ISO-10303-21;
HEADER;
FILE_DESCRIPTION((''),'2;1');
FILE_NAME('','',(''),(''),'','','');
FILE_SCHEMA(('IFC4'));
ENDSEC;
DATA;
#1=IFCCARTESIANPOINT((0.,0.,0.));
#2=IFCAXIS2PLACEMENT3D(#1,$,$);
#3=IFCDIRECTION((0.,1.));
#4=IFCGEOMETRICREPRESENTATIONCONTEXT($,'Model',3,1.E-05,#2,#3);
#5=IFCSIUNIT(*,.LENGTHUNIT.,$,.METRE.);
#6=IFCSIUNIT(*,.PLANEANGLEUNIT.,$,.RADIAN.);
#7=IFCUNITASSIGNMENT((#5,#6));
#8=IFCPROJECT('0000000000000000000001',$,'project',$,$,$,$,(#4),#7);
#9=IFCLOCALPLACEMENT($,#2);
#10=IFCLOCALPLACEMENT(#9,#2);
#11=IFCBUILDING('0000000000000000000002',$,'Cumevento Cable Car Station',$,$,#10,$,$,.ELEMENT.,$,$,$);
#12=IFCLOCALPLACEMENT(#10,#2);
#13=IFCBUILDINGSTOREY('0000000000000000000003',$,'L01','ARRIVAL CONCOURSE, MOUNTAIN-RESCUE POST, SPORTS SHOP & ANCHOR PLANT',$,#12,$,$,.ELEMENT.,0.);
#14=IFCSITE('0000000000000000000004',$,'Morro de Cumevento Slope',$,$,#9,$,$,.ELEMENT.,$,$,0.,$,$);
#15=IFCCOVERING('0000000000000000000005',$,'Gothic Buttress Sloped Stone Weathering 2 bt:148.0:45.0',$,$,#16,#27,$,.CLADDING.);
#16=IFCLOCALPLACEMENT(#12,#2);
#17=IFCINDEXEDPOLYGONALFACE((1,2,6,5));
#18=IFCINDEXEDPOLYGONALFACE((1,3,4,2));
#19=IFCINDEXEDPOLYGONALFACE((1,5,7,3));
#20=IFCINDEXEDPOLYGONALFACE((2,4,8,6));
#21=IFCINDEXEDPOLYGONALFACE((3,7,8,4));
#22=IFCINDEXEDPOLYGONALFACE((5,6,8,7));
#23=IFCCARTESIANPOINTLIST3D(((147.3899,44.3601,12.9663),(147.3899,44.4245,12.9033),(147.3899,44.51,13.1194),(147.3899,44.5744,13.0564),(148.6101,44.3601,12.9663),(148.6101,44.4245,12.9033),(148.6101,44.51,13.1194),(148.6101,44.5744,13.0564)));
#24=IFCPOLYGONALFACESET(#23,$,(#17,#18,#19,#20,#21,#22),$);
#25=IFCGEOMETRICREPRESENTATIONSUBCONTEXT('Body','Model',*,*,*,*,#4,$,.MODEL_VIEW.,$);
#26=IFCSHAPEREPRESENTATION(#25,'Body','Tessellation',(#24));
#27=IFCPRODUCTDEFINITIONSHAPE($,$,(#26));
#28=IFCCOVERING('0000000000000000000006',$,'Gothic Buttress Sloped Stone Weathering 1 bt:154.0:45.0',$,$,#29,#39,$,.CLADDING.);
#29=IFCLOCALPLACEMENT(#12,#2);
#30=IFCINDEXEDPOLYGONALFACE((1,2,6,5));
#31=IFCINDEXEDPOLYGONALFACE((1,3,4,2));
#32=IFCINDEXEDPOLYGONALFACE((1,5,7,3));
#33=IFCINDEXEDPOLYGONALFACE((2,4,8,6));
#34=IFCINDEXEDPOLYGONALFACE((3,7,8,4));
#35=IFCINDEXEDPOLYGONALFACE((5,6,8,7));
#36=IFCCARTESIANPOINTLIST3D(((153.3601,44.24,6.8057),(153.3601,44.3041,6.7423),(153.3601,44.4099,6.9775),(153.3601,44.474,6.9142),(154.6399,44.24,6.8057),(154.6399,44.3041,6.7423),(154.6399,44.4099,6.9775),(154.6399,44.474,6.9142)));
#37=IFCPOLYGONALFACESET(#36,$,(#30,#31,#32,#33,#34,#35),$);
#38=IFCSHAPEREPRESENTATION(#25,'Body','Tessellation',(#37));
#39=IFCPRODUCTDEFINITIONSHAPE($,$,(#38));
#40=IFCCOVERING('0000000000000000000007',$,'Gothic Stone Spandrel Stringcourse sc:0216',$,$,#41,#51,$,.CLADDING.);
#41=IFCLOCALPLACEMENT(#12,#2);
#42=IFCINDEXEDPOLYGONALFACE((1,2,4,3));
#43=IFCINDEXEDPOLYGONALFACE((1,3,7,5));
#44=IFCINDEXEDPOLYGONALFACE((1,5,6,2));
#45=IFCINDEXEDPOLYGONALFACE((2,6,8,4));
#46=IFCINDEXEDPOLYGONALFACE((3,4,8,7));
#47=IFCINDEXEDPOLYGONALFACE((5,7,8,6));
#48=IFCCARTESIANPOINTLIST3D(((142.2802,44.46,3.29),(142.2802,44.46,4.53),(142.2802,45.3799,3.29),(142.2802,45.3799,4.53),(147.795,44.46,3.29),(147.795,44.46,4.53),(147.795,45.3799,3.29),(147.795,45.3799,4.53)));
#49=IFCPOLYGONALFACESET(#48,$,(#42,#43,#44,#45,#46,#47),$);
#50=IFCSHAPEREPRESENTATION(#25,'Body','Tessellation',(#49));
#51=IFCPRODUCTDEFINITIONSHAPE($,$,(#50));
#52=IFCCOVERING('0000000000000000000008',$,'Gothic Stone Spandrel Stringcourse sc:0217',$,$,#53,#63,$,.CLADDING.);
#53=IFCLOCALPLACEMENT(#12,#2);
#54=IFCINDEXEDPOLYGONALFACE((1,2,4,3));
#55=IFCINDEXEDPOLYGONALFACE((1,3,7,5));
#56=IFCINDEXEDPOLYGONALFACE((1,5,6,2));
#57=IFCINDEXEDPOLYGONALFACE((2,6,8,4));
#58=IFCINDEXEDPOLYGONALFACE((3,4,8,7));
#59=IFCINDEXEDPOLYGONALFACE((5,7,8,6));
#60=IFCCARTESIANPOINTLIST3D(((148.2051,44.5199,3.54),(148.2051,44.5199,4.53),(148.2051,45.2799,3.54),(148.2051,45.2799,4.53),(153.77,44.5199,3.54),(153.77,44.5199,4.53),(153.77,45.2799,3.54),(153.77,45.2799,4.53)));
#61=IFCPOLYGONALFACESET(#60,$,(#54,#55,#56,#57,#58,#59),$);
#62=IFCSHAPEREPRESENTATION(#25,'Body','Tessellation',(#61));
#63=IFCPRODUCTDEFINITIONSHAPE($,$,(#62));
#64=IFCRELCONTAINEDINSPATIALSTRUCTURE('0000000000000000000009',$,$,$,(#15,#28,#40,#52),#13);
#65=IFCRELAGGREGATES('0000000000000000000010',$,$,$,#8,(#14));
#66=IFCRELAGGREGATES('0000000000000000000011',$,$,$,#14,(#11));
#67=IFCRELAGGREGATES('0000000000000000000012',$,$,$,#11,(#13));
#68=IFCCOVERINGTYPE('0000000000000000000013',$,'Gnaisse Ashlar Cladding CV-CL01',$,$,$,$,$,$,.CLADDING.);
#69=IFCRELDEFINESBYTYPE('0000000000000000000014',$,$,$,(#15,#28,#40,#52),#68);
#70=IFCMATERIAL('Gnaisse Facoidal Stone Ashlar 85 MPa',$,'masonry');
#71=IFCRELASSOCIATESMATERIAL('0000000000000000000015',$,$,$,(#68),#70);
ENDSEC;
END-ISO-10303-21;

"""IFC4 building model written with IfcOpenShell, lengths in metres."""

from ifc_helpers import new_model, si_unit, direction, frame, origin, origin_2d, place, context, subcontext, project, spatial, polyline, rectangle, outline, extrude, material, type_object, element, save


model = new_model("IFC4")

# Units and contexts
model_context = context("Model", 3, precision=1e-05, world=origin(), true_north=direction((0.0, 1.0)))
body_context = subcontext(model_context, "Body", "Model", "MODEL_VIEW")
ifc_project = project(units=[si_unit("LENGTHUNIT", "METRE"), si_unit("PLANEANGLEUNIT", "RADIAN")], contexts=[model_context])

# Site, building, storey
site_placement = place(None, origin())
site = spatial("IfcSite", under=ifc_project, at=site_placement, Name="Morro de Cumevento Slope", CompositionType="ELEMENT", RefElevation=0.0)
building_placement = place(site_placement, origin())
building = spatial("IfcBuilding", under=site, at=building_placement, Name="Cumevento Cable Car Station", CompositionType="ELEMENT")
storey_placement = place(building_placement, origin())
storey = spatial("IfcBuildingStorey", under=building, at=storey_placement, Name="L01", Description="ARRIVAL CONCOURSE, MOUNTAIN-RESCUE POST, SPORTS SHOP & ANCHOR PLANT", CompositionType="ELEMENT", Elevation=0.0)

# Coverings
ifc_material_1 = material(Name="Gnaisse Facoidal Stone Ashlar 85 MPa", Category="masonry")
covering_type = type_object("IfcCoveringType", Name="Gnaisse Ashlar Cladding CV-CL01", PredefinedType="CLADDING", material=ifc_material_1)
covering_1_placement = place(storey_placement, frame((147.3899, 44.3601, 12.9663), z_axis=(0.0, -0.714475, 0.699661), x_axis=(1.0, 0.0, 0.0)))
element("IfcCovering", 1, at=covering_1_placement, inside=storey, type_object=covering_type, Name="Gothic Buttress Sloped Stone Weathering 2 bt:148.0:45.0", PredefinedType="CLADDING", context=body_context, shape_type="SweptSolid", body=[
    extrude(outline(polyline([(0.0, 0.0), (1.2202, 0.0), (1.2202, 0.2142), (0.0, 0.2142), (0.0, 0.0)])), origin(), (0.0, 0.0, -1.0), 0.0901),
])
covering_2_placement = place(storey_placement, frame((153.3601, 44.24, 6.8057), z_axis=(0.0, -0.711136, 0.703055), x_axis=(1.0, 0.0, 0.0)))
element("IfcCovering", 2, at=covering_2_placement, inside=storey, type_object=covering_type, Name="Gothic Buttress Sloped Stone Weathering 1 bt:154.0:45.0", PredefinedType="CLADDING", context=body_context, shape_type="SweptSolid", body=[
    extrude(outline(polyline([(0.0, 0.0), (1.2798, 0.0), (1.2798, 0.2417), (0.0, 0.2417), (0.0, 0.0)])), origin(), (0.0, 0.0, -1.0), 0.0901),
])
covering_3_placement = place(storey_placement, frame((145.0376, 44.9199, 3.29), z_axis=(0.0, 0.0, 1.0), x_axis=(1.0, 0.0, 0.0)))
element("IfcCovering", 3, at=covering_3_placement, inside=storey, type_object=covering_type, Name="Gothic Stone Spandrel Stringcourse sc:0216", PredefinedType="CLADDING", context=body_context, shape_type="SweptSolid", body=[
    extrude(rectangle(XDim=5.5149, YDim=0.9199, at=origin_2d()), origin(), (0.0, 0.0, 1.0), 1.24),
])
covering_4_placement = place(storey_placement, frame((150.9875, 44.8999, 3.54), z_axis=(0.0, 0.0, 1.0), x_axis=(1.0, 0.0, 0.0)))
element("IfcCovering", 4, at=covering_4_placement, inside=storey, type_object=covering_type, Name="Gothic Stone Spandrel Stringcourse sc:0217", PredefinedType="CLADDING", context=body_context, shape_type="SweptSolid", body=[
    extrude(rectangle(XDim=5.5649, YDim=0.76, at=origin_2d()), origin(), (0.0, 0.0, 1.0), 0.99),
])

save(model, "model.ifc")
